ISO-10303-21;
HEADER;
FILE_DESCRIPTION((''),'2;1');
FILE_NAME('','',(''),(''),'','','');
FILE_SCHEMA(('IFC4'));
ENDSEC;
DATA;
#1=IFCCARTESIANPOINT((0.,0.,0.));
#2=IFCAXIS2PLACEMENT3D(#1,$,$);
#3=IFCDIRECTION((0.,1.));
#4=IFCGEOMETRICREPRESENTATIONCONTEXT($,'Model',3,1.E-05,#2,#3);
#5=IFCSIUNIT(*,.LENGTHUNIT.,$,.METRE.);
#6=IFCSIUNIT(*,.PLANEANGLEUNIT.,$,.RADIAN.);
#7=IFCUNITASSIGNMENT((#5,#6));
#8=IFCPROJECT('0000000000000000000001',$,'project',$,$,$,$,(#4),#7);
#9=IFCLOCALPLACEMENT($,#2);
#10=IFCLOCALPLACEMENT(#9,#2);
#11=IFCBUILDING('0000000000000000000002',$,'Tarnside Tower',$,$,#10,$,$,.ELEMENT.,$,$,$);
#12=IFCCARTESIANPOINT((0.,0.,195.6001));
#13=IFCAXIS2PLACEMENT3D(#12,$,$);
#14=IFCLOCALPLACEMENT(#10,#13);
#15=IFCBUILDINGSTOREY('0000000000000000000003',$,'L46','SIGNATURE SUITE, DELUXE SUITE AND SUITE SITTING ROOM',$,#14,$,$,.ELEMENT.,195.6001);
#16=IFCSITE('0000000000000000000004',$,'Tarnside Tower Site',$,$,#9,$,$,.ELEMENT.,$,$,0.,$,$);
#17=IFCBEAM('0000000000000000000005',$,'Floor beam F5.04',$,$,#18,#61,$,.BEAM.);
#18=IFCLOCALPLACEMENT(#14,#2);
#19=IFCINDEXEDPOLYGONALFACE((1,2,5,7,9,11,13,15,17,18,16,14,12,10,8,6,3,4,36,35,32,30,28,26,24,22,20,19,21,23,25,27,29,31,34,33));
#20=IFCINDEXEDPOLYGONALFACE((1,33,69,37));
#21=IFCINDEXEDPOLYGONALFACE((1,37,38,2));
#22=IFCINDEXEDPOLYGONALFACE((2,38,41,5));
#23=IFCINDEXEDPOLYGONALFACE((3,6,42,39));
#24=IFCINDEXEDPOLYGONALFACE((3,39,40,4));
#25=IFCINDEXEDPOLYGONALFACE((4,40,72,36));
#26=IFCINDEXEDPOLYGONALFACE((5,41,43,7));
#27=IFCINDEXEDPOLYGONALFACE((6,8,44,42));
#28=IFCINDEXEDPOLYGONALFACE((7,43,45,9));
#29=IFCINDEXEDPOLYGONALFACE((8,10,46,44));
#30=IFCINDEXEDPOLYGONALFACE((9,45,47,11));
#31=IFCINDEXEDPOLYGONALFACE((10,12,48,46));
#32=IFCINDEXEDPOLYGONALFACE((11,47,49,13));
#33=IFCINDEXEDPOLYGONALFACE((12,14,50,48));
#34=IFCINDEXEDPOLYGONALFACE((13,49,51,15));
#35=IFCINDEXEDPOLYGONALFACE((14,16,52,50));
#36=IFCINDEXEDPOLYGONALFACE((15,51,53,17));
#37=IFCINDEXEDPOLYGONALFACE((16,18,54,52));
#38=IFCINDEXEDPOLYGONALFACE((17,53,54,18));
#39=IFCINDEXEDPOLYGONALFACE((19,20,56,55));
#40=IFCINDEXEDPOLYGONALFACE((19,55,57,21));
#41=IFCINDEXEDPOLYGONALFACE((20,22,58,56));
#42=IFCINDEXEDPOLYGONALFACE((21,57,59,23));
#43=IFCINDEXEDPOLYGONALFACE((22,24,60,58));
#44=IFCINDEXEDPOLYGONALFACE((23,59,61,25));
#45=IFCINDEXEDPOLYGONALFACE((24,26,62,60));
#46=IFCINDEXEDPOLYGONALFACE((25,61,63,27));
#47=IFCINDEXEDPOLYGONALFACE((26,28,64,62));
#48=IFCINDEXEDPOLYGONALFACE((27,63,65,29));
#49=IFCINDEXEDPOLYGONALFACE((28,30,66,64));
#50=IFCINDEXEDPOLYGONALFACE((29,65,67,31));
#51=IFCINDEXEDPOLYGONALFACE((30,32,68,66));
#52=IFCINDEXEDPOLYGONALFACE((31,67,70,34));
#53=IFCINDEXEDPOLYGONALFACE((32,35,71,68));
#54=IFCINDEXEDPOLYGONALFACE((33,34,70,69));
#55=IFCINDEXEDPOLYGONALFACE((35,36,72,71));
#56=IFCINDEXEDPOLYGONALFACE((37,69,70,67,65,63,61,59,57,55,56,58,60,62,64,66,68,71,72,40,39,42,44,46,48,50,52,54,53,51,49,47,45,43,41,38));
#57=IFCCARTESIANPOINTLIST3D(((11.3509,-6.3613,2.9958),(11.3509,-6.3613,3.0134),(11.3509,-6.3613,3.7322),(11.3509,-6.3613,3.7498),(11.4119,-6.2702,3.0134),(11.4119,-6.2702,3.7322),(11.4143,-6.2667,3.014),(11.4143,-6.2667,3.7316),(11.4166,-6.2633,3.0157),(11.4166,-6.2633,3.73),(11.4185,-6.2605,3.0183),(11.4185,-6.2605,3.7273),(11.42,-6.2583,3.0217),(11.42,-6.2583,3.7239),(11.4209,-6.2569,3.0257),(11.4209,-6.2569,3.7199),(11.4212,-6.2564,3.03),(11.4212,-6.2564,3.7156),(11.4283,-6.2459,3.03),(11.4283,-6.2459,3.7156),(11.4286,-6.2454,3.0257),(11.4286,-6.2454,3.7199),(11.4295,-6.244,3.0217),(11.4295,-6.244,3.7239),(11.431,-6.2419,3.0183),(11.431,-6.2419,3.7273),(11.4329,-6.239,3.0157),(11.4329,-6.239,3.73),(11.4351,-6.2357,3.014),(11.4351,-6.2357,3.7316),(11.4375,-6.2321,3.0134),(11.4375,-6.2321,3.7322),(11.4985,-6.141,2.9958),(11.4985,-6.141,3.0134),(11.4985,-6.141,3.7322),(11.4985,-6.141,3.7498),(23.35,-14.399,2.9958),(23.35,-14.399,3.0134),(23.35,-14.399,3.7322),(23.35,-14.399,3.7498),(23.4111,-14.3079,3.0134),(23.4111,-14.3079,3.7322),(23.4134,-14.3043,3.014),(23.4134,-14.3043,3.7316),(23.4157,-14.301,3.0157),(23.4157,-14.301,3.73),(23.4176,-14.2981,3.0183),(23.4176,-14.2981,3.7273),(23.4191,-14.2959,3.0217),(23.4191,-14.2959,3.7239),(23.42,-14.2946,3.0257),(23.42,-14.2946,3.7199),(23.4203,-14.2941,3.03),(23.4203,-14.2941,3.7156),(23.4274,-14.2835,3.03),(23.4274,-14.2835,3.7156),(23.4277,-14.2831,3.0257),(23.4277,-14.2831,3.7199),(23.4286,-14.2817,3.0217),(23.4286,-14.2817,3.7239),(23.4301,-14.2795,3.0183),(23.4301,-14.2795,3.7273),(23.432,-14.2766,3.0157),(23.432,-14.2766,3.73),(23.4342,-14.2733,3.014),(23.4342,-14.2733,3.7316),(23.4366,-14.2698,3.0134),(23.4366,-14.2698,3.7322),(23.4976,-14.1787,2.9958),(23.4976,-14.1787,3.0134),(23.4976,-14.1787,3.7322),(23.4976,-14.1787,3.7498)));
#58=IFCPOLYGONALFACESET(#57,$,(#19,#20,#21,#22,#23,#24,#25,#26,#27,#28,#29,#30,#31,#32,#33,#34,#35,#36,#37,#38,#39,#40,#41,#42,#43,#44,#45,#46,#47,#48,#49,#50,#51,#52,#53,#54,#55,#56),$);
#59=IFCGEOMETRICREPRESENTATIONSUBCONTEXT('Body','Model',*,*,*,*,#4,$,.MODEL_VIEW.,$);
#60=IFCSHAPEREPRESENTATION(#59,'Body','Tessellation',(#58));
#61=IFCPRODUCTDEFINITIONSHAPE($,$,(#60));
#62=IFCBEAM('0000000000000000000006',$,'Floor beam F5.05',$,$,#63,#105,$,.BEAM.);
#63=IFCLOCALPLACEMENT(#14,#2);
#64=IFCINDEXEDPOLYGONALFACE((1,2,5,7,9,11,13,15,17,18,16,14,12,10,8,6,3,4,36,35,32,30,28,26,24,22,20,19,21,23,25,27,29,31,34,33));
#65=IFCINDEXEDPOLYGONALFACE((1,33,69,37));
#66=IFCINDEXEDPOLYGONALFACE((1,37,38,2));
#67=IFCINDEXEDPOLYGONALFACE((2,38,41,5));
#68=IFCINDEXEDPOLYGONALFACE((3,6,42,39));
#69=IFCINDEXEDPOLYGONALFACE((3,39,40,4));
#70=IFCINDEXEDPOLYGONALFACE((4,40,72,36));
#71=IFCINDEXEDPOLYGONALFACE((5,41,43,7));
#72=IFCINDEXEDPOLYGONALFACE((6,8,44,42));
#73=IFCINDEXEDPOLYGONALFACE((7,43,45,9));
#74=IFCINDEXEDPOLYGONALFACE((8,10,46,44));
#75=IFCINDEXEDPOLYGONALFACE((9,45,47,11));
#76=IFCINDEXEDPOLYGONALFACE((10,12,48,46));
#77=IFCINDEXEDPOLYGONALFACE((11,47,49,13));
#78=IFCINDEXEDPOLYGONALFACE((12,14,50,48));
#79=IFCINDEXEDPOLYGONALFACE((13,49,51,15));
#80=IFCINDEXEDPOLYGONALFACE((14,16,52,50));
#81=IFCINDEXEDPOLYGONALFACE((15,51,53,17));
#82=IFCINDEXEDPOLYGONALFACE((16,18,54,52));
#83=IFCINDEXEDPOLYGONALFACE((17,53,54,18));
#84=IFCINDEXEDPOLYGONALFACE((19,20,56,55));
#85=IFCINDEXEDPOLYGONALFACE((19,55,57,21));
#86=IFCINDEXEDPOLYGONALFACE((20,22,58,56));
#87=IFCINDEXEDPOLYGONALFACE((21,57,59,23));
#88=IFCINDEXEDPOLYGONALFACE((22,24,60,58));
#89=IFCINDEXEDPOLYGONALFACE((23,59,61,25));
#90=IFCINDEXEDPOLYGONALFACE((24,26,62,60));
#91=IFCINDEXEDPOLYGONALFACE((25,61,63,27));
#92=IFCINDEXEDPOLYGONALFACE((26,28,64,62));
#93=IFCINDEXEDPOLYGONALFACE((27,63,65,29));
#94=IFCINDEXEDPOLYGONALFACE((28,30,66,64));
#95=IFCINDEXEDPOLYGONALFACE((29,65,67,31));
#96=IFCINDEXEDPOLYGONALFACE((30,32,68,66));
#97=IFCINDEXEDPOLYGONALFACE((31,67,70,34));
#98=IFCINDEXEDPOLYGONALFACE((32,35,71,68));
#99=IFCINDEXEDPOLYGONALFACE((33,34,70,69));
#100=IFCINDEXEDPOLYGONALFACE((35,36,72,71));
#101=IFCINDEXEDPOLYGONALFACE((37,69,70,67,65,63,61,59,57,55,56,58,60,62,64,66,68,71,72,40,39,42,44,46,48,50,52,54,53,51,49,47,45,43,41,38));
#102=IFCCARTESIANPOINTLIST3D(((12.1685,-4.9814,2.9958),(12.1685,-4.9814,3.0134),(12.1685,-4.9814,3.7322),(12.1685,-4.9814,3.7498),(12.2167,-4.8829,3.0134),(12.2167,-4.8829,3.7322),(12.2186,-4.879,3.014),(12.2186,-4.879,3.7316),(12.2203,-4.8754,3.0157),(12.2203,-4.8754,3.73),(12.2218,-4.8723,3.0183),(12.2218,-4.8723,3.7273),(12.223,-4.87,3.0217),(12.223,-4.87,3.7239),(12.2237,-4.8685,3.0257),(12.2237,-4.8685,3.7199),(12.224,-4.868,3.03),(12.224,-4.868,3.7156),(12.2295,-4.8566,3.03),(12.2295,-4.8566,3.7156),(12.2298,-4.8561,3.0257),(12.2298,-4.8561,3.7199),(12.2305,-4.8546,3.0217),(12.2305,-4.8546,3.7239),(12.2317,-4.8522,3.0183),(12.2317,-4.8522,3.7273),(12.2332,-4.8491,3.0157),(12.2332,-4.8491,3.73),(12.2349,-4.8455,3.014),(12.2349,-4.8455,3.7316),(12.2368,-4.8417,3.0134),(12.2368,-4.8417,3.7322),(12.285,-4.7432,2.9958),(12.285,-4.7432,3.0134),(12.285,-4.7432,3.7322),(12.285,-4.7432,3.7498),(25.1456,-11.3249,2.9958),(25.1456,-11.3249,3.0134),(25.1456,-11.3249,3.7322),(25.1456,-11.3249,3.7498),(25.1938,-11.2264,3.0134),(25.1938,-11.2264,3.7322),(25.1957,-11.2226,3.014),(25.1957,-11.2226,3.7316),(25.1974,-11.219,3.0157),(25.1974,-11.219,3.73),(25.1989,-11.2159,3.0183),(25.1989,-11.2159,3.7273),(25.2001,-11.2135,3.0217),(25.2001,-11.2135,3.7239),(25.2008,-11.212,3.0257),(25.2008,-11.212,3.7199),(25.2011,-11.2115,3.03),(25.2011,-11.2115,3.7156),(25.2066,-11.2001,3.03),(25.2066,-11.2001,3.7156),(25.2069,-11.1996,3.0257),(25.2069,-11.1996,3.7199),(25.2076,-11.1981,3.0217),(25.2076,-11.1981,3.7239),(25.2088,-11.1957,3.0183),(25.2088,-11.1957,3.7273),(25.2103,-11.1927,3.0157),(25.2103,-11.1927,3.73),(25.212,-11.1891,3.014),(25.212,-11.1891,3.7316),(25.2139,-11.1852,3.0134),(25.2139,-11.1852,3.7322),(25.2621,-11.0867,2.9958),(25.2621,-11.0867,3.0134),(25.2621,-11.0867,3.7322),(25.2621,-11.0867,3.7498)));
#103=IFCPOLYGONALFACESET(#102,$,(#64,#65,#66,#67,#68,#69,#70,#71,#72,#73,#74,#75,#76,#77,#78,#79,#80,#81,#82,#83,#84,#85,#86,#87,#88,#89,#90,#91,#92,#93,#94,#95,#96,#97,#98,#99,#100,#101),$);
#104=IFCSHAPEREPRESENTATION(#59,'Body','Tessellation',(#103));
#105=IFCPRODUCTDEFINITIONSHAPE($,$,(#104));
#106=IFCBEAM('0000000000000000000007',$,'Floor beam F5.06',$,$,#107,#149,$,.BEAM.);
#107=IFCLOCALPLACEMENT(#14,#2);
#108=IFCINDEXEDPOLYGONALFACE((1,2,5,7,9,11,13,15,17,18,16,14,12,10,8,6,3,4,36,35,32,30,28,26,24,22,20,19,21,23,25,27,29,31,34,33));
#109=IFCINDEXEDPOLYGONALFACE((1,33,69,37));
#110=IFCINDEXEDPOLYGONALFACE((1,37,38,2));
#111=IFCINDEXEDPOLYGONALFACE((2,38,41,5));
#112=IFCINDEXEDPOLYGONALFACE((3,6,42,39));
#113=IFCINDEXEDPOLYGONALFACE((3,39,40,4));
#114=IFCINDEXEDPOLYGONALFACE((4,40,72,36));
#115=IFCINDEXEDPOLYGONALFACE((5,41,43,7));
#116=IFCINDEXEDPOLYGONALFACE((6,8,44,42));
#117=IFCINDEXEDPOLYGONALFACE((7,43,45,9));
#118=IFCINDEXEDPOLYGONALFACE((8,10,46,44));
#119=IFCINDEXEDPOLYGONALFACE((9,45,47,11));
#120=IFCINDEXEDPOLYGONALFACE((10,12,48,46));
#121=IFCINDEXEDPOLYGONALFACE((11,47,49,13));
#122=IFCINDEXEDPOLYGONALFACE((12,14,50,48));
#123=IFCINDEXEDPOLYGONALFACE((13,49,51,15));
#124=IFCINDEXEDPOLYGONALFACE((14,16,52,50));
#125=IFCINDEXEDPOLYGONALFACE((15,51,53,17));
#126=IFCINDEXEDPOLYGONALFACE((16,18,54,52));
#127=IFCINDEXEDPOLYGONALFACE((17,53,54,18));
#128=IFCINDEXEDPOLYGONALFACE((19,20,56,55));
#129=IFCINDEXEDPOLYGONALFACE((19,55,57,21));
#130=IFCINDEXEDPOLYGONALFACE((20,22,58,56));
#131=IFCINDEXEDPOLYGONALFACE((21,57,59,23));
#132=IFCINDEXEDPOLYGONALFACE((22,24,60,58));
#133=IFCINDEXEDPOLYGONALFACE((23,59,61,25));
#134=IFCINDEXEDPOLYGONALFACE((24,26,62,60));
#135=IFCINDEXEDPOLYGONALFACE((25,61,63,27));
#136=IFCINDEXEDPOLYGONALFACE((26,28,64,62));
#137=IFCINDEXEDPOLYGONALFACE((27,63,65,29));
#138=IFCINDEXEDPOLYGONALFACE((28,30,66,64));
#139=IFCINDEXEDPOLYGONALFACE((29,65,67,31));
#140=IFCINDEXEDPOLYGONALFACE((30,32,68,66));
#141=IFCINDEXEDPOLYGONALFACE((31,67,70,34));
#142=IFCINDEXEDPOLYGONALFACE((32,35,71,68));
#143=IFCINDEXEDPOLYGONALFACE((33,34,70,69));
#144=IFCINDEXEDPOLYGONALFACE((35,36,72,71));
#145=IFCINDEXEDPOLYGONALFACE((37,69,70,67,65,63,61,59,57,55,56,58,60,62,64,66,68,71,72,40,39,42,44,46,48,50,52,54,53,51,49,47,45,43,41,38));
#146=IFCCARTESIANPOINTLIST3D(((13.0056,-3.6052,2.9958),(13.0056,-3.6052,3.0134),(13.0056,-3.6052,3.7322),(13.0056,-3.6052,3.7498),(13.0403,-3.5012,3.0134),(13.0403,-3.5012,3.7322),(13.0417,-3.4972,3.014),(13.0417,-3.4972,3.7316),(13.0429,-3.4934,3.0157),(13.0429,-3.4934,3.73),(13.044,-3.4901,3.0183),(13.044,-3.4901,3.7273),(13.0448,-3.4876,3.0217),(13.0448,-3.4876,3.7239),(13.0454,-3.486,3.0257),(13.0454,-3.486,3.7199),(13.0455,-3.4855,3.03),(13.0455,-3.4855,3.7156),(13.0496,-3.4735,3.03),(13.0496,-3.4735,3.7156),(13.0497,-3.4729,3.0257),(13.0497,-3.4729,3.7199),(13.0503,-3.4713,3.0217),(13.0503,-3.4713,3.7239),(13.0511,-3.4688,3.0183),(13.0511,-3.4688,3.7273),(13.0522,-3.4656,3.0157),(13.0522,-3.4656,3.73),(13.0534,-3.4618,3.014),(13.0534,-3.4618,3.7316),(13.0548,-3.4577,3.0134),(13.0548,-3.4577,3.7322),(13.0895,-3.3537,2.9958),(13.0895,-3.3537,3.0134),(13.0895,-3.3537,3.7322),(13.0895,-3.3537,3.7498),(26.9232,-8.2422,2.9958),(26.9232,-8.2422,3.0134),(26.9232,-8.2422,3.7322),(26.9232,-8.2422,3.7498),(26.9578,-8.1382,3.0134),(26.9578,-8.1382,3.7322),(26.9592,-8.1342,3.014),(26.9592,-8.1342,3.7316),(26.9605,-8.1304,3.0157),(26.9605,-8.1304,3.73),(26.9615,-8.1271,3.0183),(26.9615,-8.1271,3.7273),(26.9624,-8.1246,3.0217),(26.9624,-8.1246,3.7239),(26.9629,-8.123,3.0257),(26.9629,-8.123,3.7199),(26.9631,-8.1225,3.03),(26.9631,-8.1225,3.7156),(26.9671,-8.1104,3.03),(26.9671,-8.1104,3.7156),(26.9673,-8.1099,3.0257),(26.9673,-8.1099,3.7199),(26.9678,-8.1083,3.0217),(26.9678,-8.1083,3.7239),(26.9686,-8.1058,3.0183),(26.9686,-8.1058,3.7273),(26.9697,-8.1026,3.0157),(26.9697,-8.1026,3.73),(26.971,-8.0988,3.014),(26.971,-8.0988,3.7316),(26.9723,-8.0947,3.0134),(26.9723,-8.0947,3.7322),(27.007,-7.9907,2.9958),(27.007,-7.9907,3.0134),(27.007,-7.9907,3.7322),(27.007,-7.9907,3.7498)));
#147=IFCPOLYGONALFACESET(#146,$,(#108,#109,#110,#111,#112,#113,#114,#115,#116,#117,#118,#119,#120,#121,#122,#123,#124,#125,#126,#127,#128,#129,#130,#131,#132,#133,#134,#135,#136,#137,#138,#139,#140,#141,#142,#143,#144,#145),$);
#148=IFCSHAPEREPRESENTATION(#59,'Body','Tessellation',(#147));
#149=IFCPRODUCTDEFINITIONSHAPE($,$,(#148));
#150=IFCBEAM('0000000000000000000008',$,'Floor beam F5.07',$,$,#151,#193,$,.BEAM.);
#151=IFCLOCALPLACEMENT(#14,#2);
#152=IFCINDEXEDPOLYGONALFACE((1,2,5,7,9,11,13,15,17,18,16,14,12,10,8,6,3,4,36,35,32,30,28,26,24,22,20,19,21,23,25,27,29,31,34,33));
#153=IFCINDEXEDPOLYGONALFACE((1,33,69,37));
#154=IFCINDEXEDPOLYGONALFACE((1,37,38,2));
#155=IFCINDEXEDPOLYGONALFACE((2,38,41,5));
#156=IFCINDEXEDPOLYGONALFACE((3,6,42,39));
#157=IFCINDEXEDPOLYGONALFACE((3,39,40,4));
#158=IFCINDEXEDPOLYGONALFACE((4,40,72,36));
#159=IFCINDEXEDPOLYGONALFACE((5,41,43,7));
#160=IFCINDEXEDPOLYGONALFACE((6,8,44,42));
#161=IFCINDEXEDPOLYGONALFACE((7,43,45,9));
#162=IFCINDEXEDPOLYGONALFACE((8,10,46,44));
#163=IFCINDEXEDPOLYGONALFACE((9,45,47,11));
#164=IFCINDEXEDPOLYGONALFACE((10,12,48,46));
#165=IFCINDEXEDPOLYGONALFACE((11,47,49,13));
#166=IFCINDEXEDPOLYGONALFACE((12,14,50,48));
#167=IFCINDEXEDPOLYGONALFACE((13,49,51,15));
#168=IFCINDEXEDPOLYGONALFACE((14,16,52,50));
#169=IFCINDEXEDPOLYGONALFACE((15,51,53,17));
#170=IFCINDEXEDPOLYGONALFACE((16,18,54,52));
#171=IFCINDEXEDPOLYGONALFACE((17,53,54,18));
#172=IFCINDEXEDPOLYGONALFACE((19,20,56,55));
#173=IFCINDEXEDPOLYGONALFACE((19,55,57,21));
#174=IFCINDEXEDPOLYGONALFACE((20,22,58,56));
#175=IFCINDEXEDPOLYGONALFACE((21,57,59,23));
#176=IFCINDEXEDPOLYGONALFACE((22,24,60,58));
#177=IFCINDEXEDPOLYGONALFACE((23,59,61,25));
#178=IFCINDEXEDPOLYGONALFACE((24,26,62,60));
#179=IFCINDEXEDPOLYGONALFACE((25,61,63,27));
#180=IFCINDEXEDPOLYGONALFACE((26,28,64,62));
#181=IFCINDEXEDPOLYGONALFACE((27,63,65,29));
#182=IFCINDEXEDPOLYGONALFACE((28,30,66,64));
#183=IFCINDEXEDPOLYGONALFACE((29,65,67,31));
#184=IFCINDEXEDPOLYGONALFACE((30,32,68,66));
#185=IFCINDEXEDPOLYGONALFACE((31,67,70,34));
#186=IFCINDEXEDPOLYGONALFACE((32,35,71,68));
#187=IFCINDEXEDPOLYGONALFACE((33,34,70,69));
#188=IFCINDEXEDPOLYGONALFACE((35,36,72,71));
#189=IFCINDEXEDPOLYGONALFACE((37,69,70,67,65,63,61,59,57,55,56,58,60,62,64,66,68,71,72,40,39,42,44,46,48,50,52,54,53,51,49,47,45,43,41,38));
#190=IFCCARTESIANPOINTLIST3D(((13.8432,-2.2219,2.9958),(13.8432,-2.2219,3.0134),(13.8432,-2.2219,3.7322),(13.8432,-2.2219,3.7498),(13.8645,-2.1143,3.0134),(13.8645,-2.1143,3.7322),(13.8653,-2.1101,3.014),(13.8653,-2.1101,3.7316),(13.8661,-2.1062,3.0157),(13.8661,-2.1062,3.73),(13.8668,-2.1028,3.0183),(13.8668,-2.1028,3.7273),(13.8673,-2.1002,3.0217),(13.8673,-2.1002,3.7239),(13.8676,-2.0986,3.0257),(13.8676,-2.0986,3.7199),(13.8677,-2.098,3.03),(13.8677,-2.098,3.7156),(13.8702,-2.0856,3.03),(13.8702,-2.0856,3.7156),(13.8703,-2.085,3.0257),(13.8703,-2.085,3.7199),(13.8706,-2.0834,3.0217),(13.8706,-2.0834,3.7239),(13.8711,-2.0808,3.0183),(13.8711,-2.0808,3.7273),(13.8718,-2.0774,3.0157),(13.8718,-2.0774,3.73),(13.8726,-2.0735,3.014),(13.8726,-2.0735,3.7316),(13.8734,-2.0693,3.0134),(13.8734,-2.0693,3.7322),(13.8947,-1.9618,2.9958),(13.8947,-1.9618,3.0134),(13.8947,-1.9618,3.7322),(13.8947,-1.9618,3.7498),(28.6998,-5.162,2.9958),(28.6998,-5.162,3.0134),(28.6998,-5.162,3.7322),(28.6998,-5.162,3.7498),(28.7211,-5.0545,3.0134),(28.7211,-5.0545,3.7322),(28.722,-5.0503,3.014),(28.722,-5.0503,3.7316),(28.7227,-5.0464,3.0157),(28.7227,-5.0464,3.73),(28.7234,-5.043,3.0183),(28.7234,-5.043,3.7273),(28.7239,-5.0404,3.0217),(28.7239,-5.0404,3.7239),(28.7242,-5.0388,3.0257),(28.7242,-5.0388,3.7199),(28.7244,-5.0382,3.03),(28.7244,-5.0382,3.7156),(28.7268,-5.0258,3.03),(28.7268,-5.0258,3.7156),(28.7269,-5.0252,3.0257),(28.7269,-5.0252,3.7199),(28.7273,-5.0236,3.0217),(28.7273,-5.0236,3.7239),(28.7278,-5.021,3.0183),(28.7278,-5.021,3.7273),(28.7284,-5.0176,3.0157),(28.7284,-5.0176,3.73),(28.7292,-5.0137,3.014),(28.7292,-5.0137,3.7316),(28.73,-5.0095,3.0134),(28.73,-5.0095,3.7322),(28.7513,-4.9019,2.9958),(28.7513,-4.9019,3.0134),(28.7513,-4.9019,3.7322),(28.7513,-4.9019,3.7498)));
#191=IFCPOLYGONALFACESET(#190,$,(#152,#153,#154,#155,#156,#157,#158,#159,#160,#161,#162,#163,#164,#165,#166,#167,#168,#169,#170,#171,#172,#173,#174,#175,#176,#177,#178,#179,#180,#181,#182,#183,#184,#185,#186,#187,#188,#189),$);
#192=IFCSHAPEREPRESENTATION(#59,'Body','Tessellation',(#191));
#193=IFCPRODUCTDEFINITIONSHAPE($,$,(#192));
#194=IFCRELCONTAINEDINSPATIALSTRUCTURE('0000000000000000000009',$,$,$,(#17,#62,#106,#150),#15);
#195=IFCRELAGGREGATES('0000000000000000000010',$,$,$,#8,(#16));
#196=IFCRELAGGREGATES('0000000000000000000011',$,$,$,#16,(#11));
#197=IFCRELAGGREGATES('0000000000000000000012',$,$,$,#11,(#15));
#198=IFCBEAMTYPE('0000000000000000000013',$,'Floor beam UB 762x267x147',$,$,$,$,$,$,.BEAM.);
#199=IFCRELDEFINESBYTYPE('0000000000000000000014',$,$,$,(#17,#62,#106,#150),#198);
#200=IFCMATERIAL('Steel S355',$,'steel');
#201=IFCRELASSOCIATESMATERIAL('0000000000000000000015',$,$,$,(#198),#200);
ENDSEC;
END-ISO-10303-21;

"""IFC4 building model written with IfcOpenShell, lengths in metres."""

from ifc_helpers import new_model, si_unit, direction, frame, origin, origin_2d, place, context, subcontext, project, spatial, i_section, extrude, material, material_profile, profile_set, type_object, element, save


model = new_model("IFC4")

# Units and contexts
model_context = context("Model", 3, precision=1e-05, world=origin(), true_north=direction((0.0, 1.0)))
body_context = subcontext(model_context, "Body", "Model", "MODEL_VIEW")
ifc_project = project(units=[si_unit("LENGTHUNIT", "METRE"), si_unit("PLANEANGLEUNIT", "RADIAN")], contexts=[model_context])

# Site, building, storey
site_placement = place(None, origin())
site = spatial("IfcSite", under=ifc_project, at=site_placement, Name="Tarnside Tower Site", CompositionType="ELEMENT", RefElevation=0.0)
building_placement = place(site_placement, origin())
building = spatial("IfcBuilding", under=site, at=building_placement, Name="Tarnside Tower", CompositionType="ELEMENT")
storey_placement = place(building_placement, frame((0.0, 0.0, 195.6001)))
storey = spatial("IfcBuildingStorey", under=building, at=storey_placement, Name="L46", Description="SIGNATURE SUITE, DELUXE SUITE AND SUITE SITTING ROOM", CompositionType="ELEMENT", Elevation=195.6001)

# Beams
ifc_material_1 = material(Name="Steel S355", Category="steel")
ifc_material_profile_1 = material_profile(ifc_material_1, i_section(OverallWidth=0.2651, OverallDepth=0.7539, WebThickness=0.0127, FlangeThickness=0.0176, FilletRadius=0.0166, at=origin_2d()), Name="UB 762x267x147")
ifc_profile_set_1 = profile_set([ifc_material_profile_1], Name="Steel S355")
beam_type_1 = type_object("IfcBeamType", Name="Floor beam UB 762x267x147", PredefinedType="BEAM", material=ifc_profile_set_1)
beam_1_placement = place(storey_placement, frame((23.4238, -14.2888, 3.3728), z_axis=(-0.830826, 0.556532, 0.0), x_axis=(-0.556532, -0.830826, 0.0)))
element("IfcBeam", 1, at=beam_1_placement, inside=storey, type_object=beam_type_1, Name="Floor beam F5.04", PredefinedType="BEAM", context=body_context, shape_type="SweptSolid", body=[
    extrude(i_section(OverallWidth=0.2651, OverallDepth=0.7539, WebThickness=0.0127, FlangeThickness=0.0176, FilletRadius=0.0166, at=origin_2d()), origin(), (0.0, 0.0, 1.0), 14.4424),
])
beam_2_placement = place(storey_placement, frame((25.2039, -11.2058, 3.3728), z_axis=(-0.898407, 0.439164, 0.0), x_axis=(-0.439164, -0.898407, 0.0)))
element("IfcBeam", 2, at=beam_2_placement, inside=storey, type_object=beam_type_1, Name="Floor beam F5.05", PredefinedType="BEAM", context=body_context, shape_type="SweptSolid", body=[
    extrude(i_section(OverallWidth=0.2651, OverallDepth=0.7539, WebThickness=0.0127, FlangeThickness=0.0176, FilletRadius=0.0166, at=origin_2d()), origin(), (0.0, 0.0, 1.0), 14.4446),
])
beam_3_placement = place(storey_placement, frame((26.9651, -8.1165, 3.3728), z_axis=(-0.948728, 0.316093, 0.0), x_axis=(-0.316093, -0.948728, 0.0)))
element("IfcBeam", 3, at=beam_3_placement, inside=storey, type_object=beam_type_1, Name="Floor beam F5.06", PredefinedType="BEAM", context=body_context, shape_type="SweptSolid", body=[
    extrude(i_section(OverallWidth=0.2651, OverallDepth=0.7539, WebThickness=0.0127, FlangeThickness=0.0176, FilletRadius=0.0166, at=origin_2d()), origin(), (0.0, 0.0, 1.0), 14.6697),
])
beam_4_placement = place(storey_placement, frame((28.7256, -5.032, 3.3728), z_axis=(-0.980974, 0.194138, 0.0), x_axis=(-0.194138, -0.980974, 0.0)))
element("IfcBeam", 4, at=beam_4_placement, inside=storey, type_object=beam_type_1, Name="Floor beam F5.07", PredefinedType="BEAM", context=body_context, shape_type="SweptSolid", body=[
    extrude(i_section(OverallWidth=0.2651, OverallDepth=0.7539, WebThickness=0.0127, FlangeThickness=0.0176, FilletRadius=0.0166, at=origin_2d()), origin(), (0.0, 0.0, 1.0), 15.1448),
])

save(model, "model.ifc")
